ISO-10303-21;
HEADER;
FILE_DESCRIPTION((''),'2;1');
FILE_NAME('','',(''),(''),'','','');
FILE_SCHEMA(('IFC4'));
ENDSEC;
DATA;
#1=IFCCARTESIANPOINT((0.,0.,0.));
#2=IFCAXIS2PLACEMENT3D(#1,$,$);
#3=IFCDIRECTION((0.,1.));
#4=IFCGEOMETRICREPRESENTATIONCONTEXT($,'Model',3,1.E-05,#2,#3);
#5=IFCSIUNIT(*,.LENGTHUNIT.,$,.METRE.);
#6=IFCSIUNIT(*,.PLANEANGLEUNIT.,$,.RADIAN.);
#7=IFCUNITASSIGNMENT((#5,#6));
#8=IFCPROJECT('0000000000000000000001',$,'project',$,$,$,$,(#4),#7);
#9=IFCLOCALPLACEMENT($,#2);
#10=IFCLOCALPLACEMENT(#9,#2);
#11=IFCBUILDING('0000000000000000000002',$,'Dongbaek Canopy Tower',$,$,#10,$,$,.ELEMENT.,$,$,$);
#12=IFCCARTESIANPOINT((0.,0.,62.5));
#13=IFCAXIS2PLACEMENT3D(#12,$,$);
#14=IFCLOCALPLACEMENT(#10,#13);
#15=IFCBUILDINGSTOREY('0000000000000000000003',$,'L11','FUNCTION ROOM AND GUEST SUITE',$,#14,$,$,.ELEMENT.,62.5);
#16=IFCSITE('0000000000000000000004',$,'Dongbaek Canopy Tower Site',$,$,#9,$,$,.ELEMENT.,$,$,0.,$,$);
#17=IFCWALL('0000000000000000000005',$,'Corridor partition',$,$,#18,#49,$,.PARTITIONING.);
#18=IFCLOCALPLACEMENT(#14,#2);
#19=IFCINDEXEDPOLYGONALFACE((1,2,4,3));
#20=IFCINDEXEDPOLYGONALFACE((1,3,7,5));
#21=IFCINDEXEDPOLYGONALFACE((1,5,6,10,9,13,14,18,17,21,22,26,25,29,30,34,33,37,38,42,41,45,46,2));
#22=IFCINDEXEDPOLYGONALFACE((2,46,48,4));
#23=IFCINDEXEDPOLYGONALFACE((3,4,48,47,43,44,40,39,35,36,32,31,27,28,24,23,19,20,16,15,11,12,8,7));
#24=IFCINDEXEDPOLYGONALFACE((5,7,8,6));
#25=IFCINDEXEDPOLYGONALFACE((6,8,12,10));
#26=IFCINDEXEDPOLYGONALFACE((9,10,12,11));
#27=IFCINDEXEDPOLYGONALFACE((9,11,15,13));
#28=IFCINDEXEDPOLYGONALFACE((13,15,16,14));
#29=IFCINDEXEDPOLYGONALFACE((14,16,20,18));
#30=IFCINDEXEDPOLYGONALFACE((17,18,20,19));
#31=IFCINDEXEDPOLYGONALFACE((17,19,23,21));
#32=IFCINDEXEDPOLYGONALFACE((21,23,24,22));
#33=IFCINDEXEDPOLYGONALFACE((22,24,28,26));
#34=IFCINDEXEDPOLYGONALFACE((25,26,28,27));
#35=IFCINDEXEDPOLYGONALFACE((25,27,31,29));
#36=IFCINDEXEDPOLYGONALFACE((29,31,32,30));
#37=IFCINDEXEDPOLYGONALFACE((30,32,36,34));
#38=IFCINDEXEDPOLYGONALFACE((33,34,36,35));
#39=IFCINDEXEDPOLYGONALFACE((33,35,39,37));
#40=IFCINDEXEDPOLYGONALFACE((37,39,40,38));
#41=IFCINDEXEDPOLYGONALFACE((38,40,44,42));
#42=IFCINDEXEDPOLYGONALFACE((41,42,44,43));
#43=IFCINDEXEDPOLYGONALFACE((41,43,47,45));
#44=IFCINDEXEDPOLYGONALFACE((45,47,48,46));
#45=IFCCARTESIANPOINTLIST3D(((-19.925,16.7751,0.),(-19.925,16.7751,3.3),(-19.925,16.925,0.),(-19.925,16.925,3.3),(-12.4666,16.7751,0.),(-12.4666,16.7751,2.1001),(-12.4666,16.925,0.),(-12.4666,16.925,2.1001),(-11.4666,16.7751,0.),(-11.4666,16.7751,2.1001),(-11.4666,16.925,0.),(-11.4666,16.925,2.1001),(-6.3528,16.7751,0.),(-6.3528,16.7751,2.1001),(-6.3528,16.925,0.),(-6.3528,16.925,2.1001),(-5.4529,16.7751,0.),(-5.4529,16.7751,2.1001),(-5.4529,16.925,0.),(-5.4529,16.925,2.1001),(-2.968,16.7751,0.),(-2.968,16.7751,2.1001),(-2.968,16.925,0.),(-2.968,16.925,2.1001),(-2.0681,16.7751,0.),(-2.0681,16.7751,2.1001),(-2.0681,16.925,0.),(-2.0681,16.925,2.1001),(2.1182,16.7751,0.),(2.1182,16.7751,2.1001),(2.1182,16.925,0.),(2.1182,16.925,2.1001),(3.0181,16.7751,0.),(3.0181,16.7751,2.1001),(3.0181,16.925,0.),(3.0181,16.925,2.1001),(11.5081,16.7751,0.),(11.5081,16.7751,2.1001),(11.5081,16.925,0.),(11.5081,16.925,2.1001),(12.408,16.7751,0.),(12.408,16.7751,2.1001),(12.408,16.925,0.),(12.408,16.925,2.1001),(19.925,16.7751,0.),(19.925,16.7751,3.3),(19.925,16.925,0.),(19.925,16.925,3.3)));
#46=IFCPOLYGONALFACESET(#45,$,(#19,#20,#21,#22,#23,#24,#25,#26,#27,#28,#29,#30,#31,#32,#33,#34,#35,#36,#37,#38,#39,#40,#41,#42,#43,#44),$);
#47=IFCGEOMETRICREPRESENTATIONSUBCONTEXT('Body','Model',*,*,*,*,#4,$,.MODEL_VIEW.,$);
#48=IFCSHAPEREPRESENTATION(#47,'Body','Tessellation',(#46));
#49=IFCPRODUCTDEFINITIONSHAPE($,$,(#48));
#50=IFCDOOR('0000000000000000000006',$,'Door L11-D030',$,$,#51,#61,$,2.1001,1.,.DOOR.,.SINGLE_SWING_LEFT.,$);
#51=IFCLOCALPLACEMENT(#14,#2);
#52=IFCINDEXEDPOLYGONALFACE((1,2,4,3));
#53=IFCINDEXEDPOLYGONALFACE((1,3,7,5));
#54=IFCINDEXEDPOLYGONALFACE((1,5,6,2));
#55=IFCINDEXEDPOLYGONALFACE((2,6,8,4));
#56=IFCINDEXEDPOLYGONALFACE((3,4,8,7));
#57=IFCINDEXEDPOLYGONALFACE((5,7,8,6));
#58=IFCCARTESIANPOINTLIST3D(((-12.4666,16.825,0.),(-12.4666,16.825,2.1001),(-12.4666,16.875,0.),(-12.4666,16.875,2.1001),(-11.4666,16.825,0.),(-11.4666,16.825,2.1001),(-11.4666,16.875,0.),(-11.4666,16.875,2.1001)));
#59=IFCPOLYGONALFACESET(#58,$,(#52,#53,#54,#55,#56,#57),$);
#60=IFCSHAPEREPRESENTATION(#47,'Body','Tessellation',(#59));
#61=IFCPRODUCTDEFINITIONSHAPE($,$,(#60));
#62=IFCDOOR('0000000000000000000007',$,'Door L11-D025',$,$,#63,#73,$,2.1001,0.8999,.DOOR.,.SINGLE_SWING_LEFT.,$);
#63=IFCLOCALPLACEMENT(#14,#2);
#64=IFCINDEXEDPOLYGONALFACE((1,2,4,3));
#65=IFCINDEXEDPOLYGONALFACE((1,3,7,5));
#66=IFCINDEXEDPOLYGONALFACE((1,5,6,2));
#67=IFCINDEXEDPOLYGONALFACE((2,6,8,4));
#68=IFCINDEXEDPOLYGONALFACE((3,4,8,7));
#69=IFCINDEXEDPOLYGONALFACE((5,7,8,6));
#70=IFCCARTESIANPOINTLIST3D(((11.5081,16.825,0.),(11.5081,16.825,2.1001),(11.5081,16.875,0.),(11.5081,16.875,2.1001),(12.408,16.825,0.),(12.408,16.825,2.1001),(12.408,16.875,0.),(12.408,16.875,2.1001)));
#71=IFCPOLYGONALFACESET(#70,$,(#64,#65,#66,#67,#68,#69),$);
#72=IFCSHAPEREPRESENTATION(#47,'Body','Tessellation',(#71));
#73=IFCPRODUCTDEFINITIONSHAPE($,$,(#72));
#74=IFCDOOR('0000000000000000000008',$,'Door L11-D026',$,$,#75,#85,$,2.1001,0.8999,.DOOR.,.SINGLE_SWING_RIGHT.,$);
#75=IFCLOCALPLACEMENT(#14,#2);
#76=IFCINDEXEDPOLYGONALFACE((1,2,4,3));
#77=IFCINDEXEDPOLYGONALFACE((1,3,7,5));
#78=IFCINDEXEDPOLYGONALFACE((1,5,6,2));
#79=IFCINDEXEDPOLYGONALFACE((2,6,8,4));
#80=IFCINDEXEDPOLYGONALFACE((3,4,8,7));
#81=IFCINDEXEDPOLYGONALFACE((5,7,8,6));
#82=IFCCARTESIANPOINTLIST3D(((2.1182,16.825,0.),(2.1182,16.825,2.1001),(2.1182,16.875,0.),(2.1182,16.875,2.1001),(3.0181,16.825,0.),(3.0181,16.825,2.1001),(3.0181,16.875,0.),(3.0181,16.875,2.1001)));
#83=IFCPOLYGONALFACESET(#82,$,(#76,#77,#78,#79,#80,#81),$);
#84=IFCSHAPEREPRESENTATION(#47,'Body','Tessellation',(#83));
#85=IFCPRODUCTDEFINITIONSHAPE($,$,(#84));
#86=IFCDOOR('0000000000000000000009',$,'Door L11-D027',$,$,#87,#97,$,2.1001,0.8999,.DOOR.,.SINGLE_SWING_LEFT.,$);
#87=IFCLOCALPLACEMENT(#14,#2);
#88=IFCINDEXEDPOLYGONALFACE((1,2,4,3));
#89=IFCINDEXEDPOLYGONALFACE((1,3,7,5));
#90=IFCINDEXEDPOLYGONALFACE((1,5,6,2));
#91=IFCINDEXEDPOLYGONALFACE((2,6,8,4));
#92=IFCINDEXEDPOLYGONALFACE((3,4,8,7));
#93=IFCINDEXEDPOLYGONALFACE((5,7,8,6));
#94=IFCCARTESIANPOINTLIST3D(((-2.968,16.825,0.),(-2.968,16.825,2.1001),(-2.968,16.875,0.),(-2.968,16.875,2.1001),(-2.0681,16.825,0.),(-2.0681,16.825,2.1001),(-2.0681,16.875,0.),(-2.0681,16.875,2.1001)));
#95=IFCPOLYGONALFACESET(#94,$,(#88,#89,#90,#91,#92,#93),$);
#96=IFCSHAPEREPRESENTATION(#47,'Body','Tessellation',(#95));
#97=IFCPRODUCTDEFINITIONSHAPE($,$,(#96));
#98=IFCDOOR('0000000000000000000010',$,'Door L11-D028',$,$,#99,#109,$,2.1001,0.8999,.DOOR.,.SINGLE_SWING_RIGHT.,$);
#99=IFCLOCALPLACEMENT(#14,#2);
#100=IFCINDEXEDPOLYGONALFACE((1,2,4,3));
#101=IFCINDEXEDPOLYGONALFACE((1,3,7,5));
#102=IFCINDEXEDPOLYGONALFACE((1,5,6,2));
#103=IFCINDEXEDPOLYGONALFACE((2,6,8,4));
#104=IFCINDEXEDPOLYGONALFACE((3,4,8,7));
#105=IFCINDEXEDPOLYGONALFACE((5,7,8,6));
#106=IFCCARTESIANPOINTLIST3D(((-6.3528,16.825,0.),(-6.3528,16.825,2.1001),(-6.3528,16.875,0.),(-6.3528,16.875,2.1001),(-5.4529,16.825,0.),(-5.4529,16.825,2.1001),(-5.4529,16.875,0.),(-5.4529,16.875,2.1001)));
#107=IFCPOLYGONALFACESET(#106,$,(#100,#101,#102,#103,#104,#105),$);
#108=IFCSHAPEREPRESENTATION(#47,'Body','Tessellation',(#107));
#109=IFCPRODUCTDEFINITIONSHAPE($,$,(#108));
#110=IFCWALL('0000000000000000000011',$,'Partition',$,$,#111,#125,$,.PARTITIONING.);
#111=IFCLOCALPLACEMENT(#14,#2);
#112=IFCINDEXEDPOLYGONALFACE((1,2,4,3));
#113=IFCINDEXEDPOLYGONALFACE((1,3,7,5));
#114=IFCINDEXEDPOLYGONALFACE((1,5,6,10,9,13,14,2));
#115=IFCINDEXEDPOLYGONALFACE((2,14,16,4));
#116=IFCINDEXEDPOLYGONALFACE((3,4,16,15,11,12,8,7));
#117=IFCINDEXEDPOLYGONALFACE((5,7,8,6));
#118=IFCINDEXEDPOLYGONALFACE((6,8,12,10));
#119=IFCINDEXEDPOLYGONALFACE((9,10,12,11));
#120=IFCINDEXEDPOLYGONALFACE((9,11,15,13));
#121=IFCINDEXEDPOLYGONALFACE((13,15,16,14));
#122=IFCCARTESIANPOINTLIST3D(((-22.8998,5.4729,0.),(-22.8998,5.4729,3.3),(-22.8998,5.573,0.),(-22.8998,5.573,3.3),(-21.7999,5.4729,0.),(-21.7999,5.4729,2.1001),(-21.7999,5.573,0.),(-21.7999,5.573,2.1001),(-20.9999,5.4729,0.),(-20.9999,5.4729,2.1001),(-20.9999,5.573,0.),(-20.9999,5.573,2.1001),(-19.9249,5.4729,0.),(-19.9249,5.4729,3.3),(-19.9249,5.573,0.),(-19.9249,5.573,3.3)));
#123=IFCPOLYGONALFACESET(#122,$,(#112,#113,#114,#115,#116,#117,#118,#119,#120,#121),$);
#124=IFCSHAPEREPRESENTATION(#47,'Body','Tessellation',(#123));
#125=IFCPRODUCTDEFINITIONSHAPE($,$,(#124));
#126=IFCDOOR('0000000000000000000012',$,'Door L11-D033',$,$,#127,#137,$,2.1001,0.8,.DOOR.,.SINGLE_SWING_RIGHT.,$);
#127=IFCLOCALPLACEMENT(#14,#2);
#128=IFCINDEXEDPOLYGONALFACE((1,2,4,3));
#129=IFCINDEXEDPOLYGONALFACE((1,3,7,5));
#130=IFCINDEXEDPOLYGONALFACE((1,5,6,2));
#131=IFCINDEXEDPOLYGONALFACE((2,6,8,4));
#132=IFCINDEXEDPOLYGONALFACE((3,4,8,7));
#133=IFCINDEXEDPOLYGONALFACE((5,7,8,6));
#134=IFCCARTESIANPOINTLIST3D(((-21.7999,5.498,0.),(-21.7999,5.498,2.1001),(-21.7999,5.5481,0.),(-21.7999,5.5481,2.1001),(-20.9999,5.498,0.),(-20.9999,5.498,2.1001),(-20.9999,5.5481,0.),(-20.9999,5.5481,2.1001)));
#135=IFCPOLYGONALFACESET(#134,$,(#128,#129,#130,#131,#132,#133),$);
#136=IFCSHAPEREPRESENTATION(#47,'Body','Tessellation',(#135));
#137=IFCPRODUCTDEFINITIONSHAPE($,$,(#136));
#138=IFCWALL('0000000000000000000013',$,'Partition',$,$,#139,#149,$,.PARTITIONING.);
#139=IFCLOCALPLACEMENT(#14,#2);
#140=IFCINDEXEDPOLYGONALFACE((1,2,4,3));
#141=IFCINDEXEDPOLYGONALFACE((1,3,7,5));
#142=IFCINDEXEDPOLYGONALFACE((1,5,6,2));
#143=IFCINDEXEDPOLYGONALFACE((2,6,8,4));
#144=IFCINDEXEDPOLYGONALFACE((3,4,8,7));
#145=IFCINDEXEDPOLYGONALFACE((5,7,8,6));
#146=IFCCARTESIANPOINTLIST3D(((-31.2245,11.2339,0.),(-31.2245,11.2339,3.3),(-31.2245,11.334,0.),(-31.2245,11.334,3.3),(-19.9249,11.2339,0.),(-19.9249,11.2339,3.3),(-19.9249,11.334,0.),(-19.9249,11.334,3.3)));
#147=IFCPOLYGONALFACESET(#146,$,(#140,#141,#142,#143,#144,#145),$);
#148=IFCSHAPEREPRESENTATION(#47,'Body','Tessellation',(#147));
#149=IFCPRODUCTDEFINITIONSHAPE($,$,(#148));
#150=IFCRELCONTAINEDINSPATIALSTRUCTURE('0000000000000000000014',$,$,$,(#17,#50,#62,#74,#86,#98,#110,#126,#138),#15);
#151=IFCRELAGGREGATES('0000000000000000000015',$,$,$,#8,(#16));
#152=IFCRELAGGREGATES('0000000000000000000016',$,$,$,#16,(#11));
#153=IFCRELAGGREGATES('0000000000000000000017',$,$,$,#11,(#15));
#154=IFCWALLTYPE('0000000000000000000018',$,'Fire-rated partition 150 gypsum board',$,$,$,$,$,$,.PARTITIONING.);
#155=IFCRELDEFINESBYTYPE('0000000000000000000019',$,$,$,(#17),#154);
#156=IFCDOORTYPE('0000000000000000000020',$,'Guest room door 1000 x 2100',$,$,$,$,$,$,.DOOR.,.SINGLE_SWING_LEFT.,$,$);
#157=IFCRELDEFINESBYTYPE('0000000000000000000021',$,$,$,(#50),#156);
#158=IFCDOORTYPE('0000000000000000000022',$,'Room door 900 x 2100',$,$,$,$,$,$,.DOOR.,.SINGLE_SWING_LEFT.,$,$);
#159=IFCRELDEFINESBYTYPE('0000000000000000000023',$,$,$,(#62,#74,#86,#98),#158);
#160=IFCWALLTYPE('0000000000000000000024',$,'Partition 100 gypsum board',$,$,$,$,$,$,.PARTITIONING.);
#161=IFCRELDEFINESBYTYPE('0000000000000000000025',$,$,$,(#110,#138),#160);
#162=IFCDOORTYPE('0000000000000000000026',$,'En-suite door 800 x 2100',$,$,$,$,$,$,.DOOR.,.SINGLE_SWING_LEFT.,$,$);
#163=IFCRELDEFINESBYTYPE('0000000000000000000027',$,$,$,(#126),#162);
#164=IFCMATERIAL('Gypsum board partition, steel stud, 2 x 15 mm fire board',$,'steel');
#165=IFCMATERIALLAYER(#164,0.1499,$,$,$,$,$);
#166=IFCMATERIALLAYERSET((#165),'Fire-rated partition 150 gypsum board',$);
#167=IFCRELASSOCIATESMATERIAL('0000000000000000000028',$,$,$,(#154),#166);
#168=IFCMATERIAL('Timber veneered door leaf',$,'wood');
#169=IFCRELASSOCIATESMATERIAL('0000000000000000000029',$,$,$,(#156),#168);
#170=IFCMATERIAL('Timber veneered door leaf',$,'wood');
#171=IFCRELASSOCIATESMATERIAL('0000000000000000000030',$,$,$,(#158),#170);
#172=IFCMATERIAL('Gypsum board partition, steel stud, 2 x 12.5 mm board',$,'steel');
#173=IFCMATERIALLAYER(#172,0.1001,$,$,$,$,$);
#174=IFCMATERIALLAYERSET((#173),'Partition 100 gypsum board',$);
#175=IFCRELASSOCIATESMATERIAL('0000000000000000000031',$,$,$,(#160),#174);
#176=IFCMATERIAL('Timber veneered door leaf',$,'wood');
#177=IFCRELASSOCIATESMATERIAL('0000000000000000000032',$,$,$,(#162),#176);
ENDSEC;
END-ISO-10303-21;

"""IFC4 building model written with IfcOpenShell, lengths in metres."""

from ifc_helpers import new_model, si_unit, direction, frame, frame_2d, origin, place, context, subcontext, project, spatial, rectangle, extrude, material, layer, layer_set, type_object, element, fill, save


model = new_model("IFC4")

# Units and contexts
model_context = context("Model", 3, precision=1e-05, world=origin(), true_north=direction((0.0, 1.0)))
body_context = subcontext(model_context, "Body", "Model", "MODEL_VIEW")
ifc_project = project(units=[si_unit("LENGTHUNIT", "METRE"), si_unit("PLANEANGLEUNIT", "RADIAN")], contexts=[model_context])

# Site, building, storey
site_placement = place(None, origin())
site = spatial("IfcSite", under=ifc_project, at=site_placement, Name="Dongbaek Canopy Tower Site", CompositionType="ELEMENT", RefElevation=0.0)
building_placement = place(site_placement, origin())
building = spatial("IfcBuilding", under=site, at=building_placement, Name="Dongbaek Canopy Tower", CompositionType="ELEMENT")
storey_placement = place(building_placement, frame((0.0, 0.0, 62.5)))
storey = spatial("IfcBuildingStorey", under=building, at=storey_placement, Name="L11", Description="FUNCTION ROOM AND GUEST SUITE", CompositionType="ELEMENT", Elevation=62.5)

# Wall, openings, doors
ifc_material_1 = material(Name="Gypsum board partition, steel stud, 2 x 15 mm fire board", Category="steel")
ifc_layer_1 = layer(ifc_material_1, 0.1499)
ifc_layer_set_1 = layer_set([ifc_layer_1], Name="Fire-rated partition 150 gypsum board")
wall_type_1 = type_object("IfcWallType", Name="Fire-rated partition 150 gypsum board", PredefinedType="PARTITIONING", material=ifc_layer_set_1)
wall_1_placement = place(storey_placement, frame((-19.925, 16.8501, 0.0), z_axis=(0.0, 0.0, 1.0), x_axis=(1.0, 0.0, 0.0)))
wall_1 = element("IfcWall", 1, at=wall_1_placement, inside=storey, type_object=wall_type_1, Name="Corridor partition", PredefinedType="PARTITIONING", context=body_context, shape_type="SweptSolid", body=[
    extrude(rectangle(XDim=39.8501, YDim=0.1499, at=frame_2d((19.925, 0.0))), origin(), (0.0, 0.0, 1.0), 3.3),
])
opening_1_placement = place(wall_1_placement, frame((31.4331, 0.0, 0.0)))
opening_1 = element("IfcOpeningElement", 2, at=opening_1_placement, cuts=wall_1, PredefinedType="OPENING", context=body_context, shape_type="SweptSolid", body=[
    extrude(rectangle(XDim=0.8999, YDim=2.1001, at=frame_2d((0.45, 1.05))), frame((0.0, 0.085, 0.0), z_axis=(0.0, -1.0, 0.0), x_axis=(1.0, 0.0, 0.0)), (0.0, 0.0, 1.0), 0.1699),
])
opening_2_placement = place(wall_1_placement, frame((22.0432, 0.0, 0.0)))
opening_2 = element("IfcOpeningElement", 3, at=opening_2_placement, cuts=wall_1, PredefinedType="OPENING", context=body_context, shape_type="SweptSolid", body=[
    extrude(rectangle(XDim=0.8999, YDim=2.1001, at=frame_2d((0.45, 1.05))), frame((0.0, 0.085, 0.0), z_axis=(0.0, -1.0, 0.0), x_axis=(1.0, 0.0, 0.0)), (0.0, 0.0, 1.0), 0.1699),
])
opening_3_placement = place(wall_1_placement, frame((16.957, 0.0, 0.0)))
opening_3 = element("IfcOpeningElement", 4, at=opening_3_placement, cuts=wall_1, PredefinedType="OPENING", context=body_context, shape_type="SweptSolid", body=[
    extrude(rectangle(XDim=0.8999, YDim=2.1001, at=frame_2d((0.45, 1.05))), frame((0.0, 0.085, 0.0), z_axis=(0.0, -1.0, 0.0), x_axis=(1.0, 0.0, 0.0)), (0.0, 0.0, 1.0), 0.1699),
])
opening_4_placement = place(wall_1_placement, frame((13.5723, 0.0, 0.0)))
opening_4 = element("IfcOpeningElement", 5, at=opening_4_placement, cuts=wall_1, PredefinedType="OPENING", context=body_context, shape_type="SweptSolid", body=[
    extrude(rectangle(XDim=0.8999, YDim=2.1001, at=frame_2d((0.45, 1.05))), frame((0.0, 0.085, 0.0), z_axis=(0.0, -1.0, 0.0), x_axis=(1.0, 0.0, 0.0)), (0.0, 0.0, 1.0), 0.1699),
])
opening_5_placement = place(wall_1_placement, frame((7.4585, 0.0, 0.0)))
opening_5 = element("IfcOpeningElement", 6, at=opening_5_placement, cuts=wall_1, PredefinedType="OPENING", context=body_context, shape_type="SweptSolid", body=[
    extrude(rectangle(XDim=1.0, YDim=2.1001, at=frame_2d((0.5, 1.05))), frame((0.0, 0.085, 0.0), z_axis=(0.0, -1.0, 0.0), x_axis=(1.0, 0.0, 0.0)), (0.0, 0.0, 1.0), 0.1699),
])
ifc_material_2 = material(Name="Timber veneered door leaf", Category="wood")
door_type_1 = type_object("IfcDoorType", Name="Guest room door 1000 x 2100", OperationType="SINGLE_SWING_LEFT", PredefinedType="DOOR", material=ifc_material_2)
door_1_placement = place(opening_5_placement, origin())
door_1 = element("IfcDoor", 7, at=door_1_placement, inside=storey, type_object=door_type_1, Name="Door L11-D030", OperationType="SINGLE_SWING_LEFT", OverallHeight=2.1001, OverallWidth=1.0, PredefinedType="DOOR", context=body_context, shape_type="SweptSolid", body=[
    extrude(rectangle(XDim=1.0, YDim=2.1001, at=frame_2d((0.5, 1.05))), frame((0.0, 0.0249, 0.0), z_axis=(0.0, -1.0, 0.0), x_axis=(1.0, 0.0, 0.0)), (0.0, 0.0, 1.0), 0.05),
])
fill(opening_5, door_1)
ifc_material_3 = material(Name="Timber veneered door leaf", Category="wood")
door_type_2 = type_object("IfcDoorType", Name="Room door 900 x 2100", OperationType="SINGLE_SWING_LEFT", PredefinedType="DOOR", material=ifc_material_3)
door_2_placement = place(opening_1_placement, origin())
door_2 = element("IfcDoor", 8, at=door_2_placement, inside=storey, type_object=door_type_2, Name="Door L11-D025", OperationType="SINGLE_SWING_LEFT", OverallHeight=2.1001, OverallWidth=0.8999, PredefinedType="DOOR", context=body_context, shape_type="SweptSolid", body=[
    extrude(rectangle(XDim=0.8999, YDim=2.1001, at=frame_2d((0.45, 1.05))), frame((0.0, 0.0249, 0.0), z_axis=(0.0, -1.0, 0.0), x_axis=(1.0, 0.0, 0.0)), (0.0, 0.0, 1.0), 0.05),
])
fill(opening_1, door_2)
door_3_placement = place(opening_2_placement, origin())
door_3 = element("IfcDoor", 9, at=door_3_placement, inside=storey, type_object=door_type_2, Name="Door L11-D026", OperationType="SINGLE_SWING_RIGHT", OverallHeight=2.1001, OverallWidth=0.8999, PredefinedType="DOOR", context=body_context, shape_type="SweptSolid", body=[
    extrude(rectangle(XDim=0.8999, YDim=2.1001, at=frame_2d((0.45, 1.05))), frame((0.0, 0.0249, 0.0), z_axis=(0.0, -1.0, 0.0), x_axis=(1.0, 0.0, 0.0)), (0.0, 0.0, 1.0), 0.05),
])
fill(opening_2, door_3)
door_4_placement = place(opening_3_placement, origin())
door_4 = element("IfcDoor", 10, at=door_4_placement, inside=storey, type_object=door_type_2, Name="Door L11-D027", OperationType="SINGLE_SWING_LEFT", OverallHeight=2.1001, OverallWidth=0.8999, PredefinedType="DOOR", context=body_context, shape_type="SweptSolid", body=[
    extrude(rectangle(XDim=0.8999, YDim=2.1001, at=frame_2d((0.45, 1.05))), frame((0.0, 0.0249, 0.0), z_axis=(0.0, -1.0, 0.0), x_axis=(1.0, 0.0, 0.0)), (0.0, 0.0, 1.0), 0.05),
])
fill(opening_3, door_4)
door_5_placement = place(opening_4_placement, origin())
door_5 = element("IfcDoor", 11, at=door_5_placement, inside=storey, type_object=door_type_2, Name="Door L11-D028", OperationType="SINGLE_SWING_RIGHT", OverallHeight=2.1001, OverallWidth=0.8999, PredefinedType="DOOR", context=body_context, shape_type="SweptSolid", body=[
    extrude(rectangle(XDim=0.8999, YDim=2.1001, at=frame_2d((0.45, 1.05))), frame((0.0, 0.0249, 0.0), z_axis=(0.0, -1.0, 0.0), x_axis=(1.0, 0.0, 0.0)), (0.0, 0.0, 1.0), 0.05),
])
fill(opening_4, door_5)

# Wall, opening, door
ifc_material_4 = material(Name="Gypsum board partition, steel stud, 2 x 12.5 mm board", Category="steel")
ifc_layer_2 = layer(ifc_material_4, 0.1001)
ifc_layer_set_2 = layer_set([ifc_layer_2], Name="Partition 100 gypsum board")
wall_type_2 = type_object("IfcWallType", Name="Partition 100 gypsum board", PredefinedType="PARTITIONING", material=ifc_layer_set_2)
wall_2_placement = place(storey_placement, frame((-19.925, 5.5229, 0.0), z_axis=(0.0, 0.0, 1.0), x_axis=(-1.0, 0.0, 0.0)))
wall_2 = element("IfcWall", 12, at=wall_2_placement, inside=storey, type_object=wall_type_2, Name="Partition", PredefinedType="PARTITIONING", context=body_context, shape_type="SweptSolid", body=[
    extrude(rectangle(XDim=2.9749, YDim=0.1001, at=frame_2d((1.4873, 0.0))), origin(), (0.0, 0.0, 1.0), 3.3),
])
opening_6_placement = place(wall_2_placement, frame((1.075, 0.0, 0.0)))
opening_6 = element("IfcOpeningElement", 13, at=opening_6_placement, cuts=wall_2, PredefinedType="OPENING", context=body_context, shape_type="SweptSolid", body=[
    extrude(rectangle(XDim=0.8, YDim=2.1001, at=frame_2d((0.3999, 1.05))), frame((0.0, 0.0601, 0.0), z_axis=(0.0, -1.0, 0.0), x_axis=(1.0, 0.0, 0.0)), (0.0, 0.0, 1.0), 0.1201),
])
ifc_material_5 = material(Name="Timber veneered door leaf", Category="wood")
door_type_3 = type_object("IfcDoorType", Name="En-suite door 800 x 2100", OperationType="SINGLE_SWING_LEFT", PredefinedType="DOOR", material=ifc_material_5)
door_6_placement = place(opening_6_placement, origin())
door_6 = element("IfcDoor", 14, at=door_6_placement, inside=storey, type_object=door_type_3, Name="Door L11-D033", OperationType="SINGLE_SWING_RIGHT", OverallHeight=2.1001, OverallWidth=0.8, PredefinedType="DOOR", context=body_context, shape_type="SweptSolid", body=[
    extrude(rectangle(XDim=0.8, YDim=2.1001, at=frame_2d((0.3999, 1.05))), frame((0.0, 0.0249, 0.0), z_axis=(0.0, -1.0, 0.0), x_axis=(1.0, 0.0, 0.0)), (0.0, 0.0, 1.0), 0.05),
])
fill(opening_6, door_6)

# Wall
wall_3_placement = place(storey_placement, frame((-31.2246, 11.2839, 0.0), z_axis=(0.0, 0.0, 1.0), x_axis=(1.0, 0.0, 0.0)))
element("IfcWall", 15, at=wall_3_placement, inside=storey, type_object=wall_type_2, Name="Partition", PredefinedType="PARTITIONING", context=body_context, shape_type="SweptSolid", body=[
    extrude(rectangle(XDim=11.2996, YDim=0.1001, at=frame_2d((5.6499, 0.0))), origin(), (0.0, 0.0, 1.0), 3.3),
])

save(model, "model.ifc")
